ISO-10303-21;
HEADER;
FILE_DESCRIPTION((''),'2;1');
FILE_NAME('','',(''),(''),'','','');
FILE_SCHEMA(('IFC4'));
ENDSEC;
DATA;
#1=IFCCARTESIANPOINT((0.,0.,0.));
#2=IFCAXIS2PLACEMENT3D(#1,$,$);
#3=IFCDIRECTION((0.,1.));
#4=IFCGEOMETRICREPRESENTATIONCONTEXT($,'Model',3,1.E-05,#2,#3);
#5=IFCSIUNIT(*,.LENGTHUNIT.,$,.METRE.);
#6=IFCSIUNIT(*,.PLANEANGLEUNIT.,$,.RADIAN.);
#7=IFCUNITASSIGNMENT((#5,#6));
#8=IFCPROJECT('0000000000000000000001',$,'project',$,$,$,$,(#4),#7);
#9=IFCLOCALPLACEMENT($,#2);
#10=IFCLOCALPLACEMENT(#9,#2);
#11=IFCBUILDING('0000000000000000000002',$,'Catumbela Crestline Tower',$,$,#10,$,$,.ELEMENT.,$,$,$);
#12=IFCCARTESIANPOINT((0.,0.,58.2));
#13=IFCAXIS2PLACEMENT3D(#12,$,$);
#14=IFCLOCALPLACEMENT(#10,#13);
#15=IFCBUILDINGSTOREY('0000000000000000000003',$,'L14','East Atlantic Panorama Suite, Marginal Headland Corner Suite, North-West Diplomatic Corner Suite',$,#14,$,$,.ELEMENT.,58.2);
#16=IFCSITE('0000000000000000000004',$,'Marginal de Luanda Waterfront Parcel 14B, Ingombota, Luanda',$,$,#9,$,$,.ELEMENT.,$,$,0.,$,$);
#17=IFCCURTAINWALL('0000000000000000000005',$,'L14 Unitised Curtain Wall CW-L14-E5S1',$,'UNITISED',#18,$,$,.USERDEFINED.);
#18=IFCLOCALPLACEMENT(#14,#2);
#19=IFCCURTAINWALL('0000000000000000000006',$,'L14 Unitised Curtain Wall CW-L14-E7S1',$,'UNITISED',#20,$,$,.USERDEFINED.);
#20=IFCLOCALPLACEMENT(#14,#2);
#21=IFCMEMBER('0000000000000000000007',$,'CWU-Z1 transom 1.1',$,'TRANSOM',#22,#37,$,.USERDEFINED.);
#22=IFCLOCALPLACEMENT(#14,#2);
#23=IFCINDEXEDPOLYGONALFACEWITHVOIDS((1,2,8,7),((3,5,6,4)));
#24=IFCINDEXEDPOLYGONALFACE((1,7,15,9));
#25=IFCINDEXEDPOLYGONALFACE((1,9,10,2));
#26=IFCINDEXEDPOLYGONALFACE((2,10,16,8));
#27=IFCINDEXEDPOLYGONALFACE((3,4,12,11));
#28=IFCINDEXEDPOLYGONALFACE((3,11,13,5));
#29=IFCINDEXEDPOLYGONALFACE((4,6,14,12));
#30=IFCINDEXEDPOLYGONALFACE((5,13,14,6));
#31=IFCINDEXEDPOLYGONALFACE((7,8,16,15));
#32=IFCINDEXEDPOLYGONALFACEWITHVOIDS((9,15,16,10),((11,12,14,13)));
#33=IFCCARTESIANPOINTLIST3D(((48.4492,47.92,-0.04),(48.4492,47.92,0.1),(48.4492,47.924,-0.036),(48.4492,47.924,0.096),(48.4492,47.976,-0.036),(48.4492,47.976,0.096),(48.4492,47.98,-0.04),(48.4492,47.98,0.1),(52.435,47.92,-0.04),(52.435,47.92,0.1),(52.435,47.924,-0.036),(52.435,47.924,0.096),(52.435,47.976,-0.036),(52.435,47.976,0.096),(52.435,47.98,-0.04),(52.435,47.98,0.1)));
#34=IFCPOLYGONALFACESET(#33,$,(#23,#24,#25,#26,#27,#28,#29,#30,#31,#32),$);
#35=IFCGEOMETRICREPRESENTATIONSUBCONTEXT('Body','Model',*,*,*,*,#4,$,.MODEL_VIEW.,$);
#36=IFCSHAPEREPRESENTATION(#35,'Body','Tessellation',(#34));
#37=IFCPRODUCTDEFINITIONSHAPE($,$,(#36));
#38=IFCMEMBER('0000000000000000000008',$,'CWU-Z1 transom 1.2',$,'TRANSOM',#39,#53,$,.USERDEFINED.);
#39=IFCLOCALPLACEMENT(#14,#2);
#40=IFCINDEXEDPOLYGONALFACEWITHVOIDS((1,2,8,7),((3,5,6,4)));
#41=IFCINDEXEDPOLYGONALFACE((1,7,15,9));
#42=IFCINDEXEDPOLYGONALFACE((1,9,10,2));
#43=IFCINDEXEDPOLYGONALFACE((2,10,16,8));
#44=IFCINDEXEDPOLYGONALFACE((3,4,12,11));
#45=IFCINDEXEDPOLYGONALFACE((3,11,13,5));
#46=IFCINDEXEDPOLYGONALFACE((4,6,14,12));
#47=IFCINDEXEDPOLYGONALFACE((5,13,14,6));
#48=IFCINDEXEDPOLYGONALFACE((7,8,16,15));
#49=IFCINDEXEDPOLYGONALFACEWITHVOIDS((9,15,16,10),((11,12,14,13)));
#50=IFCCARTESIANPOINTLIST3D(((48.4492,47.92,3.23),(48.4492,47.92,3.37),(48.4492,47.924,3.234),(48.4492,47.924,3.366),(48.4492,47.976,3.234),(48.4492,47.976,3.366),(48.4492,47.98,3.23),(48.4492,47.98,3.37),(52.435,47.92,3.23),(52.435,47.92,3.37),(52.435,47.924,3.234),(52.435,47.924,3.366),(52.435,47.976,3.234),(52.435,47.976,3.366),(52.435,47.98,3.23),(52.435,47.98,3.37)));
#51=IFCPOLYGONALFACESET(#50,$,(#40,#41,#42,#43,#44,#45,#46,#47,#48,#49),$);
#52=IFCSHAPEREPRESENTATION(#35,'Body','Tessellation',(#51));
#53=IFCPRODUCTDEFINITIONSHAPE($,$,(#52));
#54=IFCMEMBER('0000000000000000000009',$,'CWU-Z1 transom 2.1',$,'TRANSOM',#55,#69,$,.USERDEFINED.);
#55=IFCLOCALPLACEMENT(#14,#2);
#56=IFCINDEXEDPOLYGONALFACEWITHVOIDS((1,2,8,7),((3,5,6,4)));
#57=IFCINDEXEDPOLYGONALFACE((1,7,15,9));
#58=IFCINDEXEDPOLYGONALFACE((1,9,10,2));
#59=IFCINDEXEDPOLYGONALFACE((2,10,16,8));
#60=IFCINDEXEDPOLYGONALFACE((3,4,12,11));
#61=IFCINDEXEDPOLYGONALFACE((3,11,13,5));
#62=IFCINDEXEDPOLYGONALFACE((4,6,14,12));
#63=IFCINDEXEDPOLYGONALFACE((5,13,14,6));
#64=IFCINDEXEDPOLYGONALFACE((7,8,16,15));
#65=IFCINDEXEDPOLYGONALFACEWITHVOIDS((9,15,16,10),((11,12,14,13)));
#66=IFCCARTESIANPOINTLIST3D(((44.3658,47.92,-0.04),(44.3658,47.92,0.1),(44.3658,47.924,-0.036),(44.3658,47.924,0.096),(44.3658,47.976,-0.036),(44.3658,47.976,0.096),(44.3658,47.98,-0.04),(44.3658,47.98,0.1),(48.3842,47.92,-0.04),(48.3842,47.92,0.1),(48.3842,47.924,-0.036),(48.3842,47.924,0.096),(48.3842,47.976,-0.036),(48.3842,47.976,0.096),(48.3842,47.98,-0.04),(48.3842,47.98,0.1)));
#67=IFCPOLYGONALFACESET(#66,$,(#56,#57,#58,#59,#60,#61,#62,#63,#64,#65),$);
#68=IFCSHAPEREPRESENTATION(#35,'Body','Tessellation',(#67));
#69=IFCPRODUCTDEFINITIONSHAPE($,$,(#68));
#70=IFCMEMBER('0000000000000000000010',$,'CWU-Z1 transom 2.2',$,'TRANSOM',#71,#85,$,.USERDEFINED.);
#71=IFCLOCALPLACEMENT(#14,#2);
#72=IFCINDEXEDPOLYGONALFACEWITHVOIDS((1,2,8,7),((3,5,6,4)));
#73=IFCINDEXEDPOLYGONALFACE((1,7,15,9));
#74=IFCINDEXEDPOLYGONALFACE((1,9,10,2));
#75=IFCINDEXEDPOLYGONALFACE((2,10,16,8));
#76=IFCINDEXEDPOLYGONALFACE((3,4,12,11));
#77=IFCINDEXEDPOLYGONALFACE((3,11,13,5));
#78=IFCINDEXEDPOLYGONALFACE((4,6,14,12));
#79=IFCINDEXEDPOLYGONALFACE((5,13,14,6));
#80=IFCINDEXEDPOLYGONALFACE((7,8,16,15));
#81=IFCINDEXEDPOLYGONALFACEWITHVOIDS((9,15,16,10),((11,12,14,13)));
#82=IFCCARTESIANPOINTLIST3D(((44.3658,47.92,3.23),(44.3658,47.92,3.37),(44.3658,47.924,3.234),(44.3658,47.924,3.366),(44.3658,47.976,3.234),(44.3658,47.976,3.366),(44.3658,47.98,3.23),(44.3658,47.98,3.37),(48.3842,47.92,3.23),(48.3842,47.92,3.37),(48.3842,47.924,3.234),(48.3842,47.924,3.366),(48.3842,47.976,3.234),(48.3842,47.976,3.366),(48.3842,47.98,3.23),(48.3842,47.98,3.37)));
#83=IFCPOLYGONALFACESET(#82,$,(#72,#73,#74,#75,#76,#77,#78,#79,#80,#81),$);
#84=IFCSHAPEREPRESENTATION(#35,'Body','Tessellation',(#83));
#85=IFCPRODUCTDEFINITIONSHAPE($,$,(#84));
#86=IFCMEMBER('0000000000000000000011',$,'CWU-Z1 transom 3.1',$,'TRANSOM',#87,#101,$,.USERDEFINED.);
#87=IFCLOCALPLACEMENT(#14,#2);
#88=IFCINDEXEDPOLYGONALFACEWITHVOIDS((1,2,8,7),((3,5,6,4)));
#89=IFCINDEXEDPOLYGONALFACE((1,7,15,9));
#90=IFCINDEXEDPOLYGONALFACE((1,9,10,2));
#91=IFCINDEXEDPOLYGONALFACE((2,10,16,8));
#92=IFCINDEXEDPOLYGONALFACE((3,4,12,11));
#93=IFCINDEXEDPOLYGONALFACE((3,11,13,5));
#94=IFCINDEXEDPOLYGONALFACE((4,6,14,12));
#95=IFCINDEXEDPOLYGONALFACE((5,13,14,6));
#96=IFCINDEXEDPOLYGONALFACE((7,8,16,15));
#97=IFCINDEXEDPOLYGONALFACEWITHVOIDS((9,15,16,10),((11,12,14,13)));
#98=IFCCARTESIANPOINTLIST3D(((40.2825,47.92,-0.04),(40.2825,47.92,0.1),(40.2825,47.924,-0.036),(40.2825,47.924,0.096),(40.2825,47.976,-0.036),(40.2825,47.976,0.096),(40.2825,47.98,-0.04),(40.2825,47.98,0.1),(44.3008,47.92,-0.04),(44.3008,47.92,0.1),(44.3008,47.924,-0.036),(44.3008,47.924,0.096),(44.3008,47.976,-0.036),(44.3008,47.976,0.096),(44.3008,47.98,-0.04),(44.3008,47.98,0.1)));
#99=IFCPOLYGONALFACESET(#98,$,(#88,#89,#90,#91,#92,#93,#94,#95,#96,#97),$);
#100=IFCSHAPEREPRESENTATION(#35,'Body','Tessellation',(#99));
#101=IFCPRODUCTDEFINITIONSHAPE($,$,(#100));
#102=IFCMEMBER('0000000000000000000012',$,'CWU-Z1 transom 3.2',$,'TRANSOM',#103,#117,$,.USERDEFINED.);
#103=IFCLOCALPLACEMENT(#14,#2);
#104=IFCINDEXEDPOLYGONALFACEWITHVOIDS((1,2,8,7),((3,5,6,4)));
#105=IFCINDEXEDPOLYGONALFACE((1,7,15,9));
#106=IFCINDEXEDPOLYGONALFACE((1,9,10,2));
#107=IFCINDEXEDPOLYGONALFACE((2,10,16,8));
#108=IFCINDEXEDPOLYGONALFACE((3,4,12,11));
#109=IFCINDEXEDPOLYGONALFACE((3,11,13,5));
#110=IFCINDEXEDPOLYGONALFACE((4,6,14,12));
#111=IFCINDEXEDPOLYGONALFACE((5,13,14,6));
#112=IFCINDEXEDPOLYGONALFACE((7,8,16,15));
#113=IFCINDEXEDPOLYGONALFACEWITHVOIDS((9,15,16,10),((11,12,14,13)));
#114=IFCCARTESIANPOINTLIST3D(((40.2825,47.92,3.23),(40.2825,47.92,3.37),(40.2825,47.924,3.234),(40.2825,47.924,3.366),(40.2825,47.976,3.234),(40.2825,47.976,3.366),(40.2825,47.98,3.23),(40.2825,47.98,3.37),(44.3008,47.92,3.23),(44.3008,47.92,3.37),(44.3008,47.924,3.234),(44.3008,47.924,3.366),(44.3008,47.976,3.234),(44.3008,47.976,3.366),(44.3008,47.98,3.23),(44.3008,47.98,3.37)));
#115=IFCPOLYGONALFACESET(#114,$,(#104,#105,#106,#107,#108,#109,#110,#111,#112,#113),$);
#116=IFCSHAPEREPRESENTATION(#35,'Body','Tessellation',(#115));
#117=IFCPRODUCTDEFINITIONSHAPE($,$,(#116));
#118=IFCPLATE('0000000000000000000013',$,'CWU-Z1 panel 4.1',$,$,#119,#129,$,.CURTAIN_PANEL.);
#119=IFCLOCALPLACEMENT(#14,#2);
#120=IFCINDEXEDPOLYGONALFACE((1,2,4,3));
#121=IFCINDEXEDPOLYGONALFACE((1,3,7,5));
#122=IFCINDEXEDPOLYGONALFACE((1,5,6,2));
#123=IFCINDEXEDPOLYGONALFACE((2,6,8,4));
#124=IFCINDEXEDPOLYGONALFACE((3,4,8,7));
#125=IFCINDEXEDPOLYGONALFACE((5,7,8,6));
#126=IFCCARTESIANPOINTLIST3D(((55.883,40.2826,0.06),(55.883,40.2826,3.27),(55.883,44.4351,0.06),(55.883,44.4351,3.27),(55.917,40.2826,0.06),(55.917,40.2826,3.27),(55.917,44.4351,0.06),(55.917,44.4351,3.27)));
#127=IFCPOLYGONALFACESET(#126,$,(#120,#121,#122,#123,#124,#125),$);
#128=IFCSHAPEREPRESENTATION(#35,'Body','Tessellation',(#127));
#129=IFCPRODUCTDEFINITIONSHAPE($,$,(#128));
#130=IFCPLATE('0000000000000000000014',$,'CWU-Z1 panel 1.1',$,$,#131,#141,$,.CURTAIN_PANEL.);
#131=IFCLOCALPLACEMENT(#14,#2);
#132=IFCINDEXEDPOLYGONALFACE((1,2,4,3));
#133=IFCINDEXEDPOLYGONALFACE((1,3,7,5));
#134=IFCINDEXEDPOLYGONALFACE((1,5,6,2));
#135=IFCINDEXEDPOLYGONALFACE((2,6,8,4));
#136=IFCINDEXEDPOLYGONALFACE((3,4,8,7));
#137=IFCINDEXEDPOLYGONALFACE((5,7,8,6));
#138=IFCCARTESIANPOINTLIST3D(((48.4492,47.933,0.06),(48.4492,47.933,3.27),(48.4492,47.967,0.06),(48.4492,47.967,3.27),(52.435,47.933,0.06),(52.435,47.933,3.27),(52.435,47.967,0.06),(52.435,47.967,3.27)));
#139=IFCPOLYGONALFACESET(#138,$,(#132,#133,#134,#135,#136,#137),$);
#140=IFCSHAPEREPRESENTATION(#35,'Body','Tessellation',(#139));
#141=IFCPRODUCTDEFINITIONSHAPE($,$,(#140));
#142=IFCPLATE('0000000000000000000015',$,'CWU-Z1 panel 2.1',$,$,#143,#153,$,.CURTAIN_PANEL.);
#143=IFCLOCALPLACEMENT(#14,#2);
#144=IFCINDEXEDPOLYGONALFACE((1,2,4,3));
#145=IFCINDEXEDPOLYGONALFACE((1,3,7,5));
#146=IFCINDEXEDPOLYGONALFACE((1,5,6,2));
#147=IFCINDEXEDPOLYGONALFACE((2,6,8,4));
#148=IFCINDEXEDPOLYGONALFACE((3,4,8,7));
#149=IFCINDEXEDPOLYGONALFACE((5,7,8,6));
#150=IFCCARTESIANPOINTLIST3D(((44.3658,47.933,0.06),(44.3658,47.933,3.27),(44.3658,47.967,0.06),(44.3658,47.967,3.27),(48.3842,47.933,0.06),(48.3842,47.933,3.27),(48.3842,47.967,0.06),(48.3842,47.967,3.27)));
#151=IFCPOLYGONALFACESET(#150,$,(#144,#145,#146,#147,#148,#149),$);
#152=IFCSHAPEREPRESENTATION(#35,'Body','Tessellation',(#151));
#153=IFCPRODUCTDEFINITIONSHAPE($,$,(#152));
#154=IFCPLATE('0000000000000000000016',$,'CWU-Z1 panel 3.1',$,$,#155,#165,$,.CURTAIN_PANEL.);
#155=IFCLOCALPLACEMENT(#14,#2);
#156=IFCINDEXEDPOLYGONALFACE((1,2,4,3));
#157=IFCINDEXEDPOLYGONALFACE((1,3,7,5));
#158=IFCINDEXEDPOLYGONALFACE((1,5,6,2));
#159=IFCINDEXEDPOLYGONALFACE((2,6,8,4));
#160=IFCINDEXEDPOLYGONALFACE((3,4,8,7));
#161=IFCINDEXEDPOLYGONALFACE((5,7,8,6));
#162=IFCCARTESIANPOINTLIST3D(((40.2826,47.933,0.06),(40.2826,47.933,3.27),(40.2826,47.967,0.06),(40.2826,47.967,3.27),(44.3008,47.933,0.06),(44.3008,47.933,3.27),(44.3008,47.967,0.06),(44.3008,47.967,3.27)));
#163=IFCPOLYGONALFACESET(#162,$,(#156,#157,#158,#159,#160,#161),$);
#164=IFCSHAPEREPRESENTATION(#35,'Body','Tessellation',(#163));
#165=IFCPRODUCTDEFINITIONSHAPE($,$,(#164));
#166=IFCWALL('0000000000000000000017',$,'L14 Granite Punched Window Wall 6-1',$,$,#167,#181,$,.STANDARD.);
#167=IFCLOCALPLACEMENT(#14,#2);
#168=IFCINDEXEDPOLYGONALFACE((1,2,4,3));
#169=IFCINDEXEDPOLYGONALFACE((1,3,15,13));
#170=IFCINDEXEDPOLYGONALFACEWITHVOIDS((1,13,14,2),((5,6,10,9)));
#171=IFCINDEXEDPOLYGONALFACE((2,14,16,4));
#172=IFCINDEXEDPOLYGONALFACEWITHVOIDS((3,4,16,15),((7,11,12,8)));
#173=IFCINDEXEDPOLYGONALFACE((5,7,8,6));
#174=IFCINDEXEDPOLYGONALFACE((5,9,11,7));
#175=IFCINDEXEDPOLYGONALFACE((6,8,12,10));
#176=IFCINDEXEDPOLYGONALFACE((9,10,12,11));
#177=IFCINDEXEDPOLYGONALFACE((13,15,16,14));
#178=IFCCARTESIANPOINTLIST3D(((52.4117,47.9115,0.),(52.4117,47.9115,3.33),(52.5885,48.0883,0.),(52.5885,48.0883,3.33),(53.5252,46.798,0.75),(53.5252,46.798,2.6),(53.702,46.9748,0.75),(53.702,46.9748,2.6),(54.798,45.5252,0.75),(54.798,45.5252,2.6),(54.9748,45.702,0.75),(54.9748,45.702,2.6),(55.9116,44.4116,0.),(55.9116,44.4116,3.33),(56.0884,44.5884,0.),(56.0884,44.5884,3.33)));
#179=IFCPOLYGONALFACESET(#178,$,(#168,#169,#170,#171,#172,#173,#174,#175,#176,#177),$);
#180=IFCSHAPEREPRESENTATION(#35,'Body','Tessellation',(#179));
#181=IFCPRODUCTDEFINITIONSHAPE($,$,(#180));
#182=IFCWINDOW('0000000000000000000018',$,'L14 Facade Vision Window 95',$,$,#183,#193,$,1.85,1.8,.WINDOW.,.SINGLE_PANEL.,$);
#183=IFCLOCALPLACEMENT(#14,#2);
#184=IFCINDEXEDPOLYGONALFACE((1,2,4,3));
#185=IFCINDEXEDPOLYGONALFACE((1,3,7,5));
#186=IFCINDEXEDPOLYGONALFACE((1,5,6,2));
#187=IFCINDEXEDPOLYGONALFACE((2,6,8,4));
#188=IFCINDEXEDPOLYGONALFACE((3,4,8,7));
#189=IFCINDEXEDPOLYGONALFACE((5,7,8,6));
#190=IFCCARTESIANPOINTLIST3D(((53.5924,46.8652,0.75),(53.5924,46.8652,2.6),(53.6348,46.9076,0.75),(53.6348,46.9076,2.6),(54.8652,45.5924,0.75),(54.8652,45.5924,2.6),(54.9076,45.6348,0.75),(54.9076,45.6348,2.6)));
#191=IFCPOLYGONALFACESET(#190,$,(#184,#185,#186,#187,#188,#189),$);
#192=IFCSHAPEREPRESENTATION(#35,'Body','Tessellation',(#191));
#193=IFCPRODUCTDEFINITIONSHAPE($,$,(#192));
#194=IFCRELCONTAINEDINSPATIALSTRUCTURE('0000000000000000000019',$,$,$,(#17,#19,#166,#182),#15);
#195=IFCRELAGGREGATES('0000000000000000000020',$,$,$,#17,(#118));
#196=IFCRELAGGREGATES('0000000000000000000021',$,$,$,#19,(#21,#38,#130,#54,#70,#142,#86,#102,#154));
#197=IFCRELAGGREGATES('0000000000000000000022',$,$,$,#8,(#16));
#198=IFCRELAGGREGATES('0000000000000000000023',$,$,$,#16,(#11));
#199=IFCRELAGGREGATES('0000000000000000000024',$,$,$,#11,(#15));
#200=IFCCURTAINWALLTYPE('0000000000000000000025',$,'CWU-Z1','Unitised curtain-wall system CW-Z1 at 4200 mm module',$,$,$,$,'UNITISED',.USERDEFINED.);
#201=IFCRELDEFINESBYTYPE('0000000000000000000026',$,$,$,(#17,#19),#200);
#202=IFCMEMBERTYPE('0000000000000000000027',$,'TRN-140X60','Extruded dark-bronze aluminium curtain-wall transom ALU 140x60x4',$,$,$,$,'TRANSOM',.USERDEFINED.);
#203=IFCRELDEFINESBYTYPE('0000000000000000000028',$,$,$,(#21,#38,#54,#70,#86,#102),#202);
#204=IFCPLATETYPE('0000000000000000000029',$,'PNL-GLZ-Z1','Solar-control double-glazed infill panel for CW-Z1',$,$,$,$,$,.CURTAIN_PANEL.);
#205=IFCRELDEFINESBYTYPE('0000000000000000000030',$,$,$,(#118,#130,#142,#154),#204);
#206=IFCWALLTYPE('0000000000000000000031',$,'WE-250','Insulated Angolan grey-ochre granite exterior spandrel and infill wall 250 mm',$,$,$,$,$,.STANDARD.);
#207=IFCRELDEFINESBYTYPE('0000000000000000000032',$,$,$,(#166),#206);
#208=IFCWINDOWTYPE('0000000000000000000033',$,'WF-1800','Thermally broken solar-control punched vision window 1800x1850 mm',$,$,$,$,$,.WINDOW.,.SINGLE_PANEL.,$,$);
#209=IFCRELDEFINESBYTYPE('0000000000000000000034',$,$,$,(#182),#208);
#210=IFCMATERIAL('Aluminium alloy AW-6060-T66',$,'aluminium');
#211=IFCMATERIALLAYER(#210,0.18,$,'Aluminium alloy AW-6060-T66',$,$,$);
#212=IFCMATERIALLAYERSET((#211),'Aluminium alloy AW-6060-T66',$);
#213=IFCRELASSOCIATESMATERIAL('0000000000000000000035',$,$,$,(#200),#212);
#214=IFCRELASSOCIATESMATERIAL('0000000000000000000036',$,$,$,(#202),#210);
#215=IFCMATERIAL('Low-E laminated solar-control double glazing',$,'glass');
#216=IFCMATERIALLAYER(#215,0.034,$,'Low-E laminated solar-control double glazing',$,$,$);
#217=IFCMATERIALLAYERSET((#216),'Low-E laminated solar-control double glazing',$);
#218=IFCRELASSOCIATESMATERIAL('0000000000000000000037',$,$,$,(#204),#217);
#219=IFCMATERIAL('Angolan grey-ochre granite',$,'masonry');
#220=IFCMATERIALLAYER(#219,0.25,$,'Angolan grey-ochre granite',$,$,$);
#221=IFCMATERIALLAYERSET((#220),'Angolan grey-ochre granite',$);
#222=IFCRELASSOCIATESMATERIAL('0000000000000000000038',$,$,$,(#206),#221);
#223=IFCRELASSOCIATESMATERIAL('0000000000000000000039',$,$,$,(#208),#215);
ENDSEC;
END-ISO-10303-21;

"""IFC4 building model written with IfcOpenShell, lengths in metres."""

from ifc_helpers import new_model, si_unit, direction, frame, frame_2d, origin, origin_2d, place, context, subcontext, project, spatial, rectangle, hollow_rectangle, extrude, material, layer, layer_set, material_profile, profile_set, type_object, element, fill, aggregate, save


model = new_model("IFC4")

# Units and contexts
model_context = context("Model", 3, precision=1e-05, world=origin(), true_north=direction((0.0, 1.0)))
body_context = subcontext(model_context, "Body", "Model", "MODEL_VIEW")
ifc_project = project(units=[si_unit("LENGTHUNIT", "METRE"), si_unit("PLANEANGLEUNIT", "RADIAN")], contexts=[model_context])

# Site, building, storey
site_placement = place(None, origin())
site = spatial("IfcSite", under=ifc_project, at=site_placement, Name="Marginal de Luanda Waterfront Parcel 14B, Ingombota, Luanda", CompositionType="ELEMENT", RefElevation=0.0)
building_placement = place(site_placement, origin())
building = spatial("IfcBuilding", under=site, at=building_placement, Name="Catumbela Crestline Tower", CompositionType="ELEMENT")
storey_placement = place(building_placement, frame((0.0, 0.0, 58.2)))
storey = spatial("IfcBuildingStorey", under=building, at=storey_placement, Name="L14", Description="East Atlantic Panorama Suite, Marginal Headland Corner Suite, North-West Diplomatic Corner Suite", CompositionType="ELEMENT", Elevation=58.2)

# Curtain walls
ifc_material_1 = material(Name="Aluminium alloy AW-6060-T66", Category="aluminium")
ifc_layer_1 = layer(ifc_material_1, 0.18, Name="Aluminium alloy AW-6060-T66")
ifc_layer_set_1 = layer_set([ifc_layer_1], Name="Aluminium alloy AW-6060-T66")
curtain_wall_type = type_object("IfcCurtainWallType", Name="CWU-Z1", Description="Unitised curtain-wall system CW-Z1 at 4200 mm module", ElementType="UNITISED", PredefinedType="USERDEFINED", material=ifc_layer_set_1)
curtain_wall_1_placement = place(storey_placement, origin())
curtain_wall_1 = element("IfcCurtainWall", 1, at=curtain_wall_1_placement, inside=storey, type_object=curtain_wall_type, Name="L14 Unitised Curtain Wall CW-L14-E5S1", ObjectType="UNITISED", PredefinedType="USERDEFINED")
curtain_wall_2_placement = place(storey_placement, origin())
curtain_wall_2 = element("IfcCurtainWall", 2, at=curtain_wall_2_placement, inside=storey, type_object=curtain_wall_type, Name="L14 Unitised Curtain Wall CW-L14-E7S1", ObjectType="UNITISED", PredefinedType="USERDEFINED")

# Members
ifc_material_profile_1 = material_profile(ifc_material_1, hollow_rectangle(XDim=0.06, YDim=0.14, WallThickness=0.004, at=origin_2d()), Name="ALU 140x60x4")
ifc_profile_set_1 = profile_set([ifc_material_profile_1], Name="Aluminium alloy AW-6060-T66")
member_type_1 = type_object("IfcMemberType", Name="TRN-140X60", Description="Extruded dark-bronze aluminium curtain-wall transom ALU 140x60x4", ElementType="TRANSOM", PredefinedType="USERDEFINED", material=ifc_profile_set_1)
member_1_placement = place(storey_placement, frame((52.435, 47.95, 0.03), z_axis=(-1.0, 0.0, 0.0), x_axis=(0.0, -1.0, 0.0)))
member_1 = element("IfcMember", 3, at=member_1_placement, type_object=member_type_1, Name="CWU-Z1 transom 1.1", ObjectType="TRANSOM", PredefinedType="USERDEFINED", context=body_context, shape_type="SweptSolid", body=[
    extrude(hollow_rectangle(XDim=0.06, YDim=0.14, WallThickness=0.004, at=origin_2d()), origin(), (0.0, 0.0, 1.0), 3.9858),
])
member_2_placement = place(storey_placement, frame((52.435, 47.95, 3.3), z_axis=(-1.0, 0.0, 0.0), x_axis=(0.0, -1.0, 0.0)))
member_2 = element("IfcMember", 4, at=member_2_placement, type_object=member_type_1, Name="CWU-Z1 transom 1.2", ObjectType="TRANSOM", PredefinedType="USERDEFINED", context=body_context, shape_type="SweptSolid", body=[
    extrude(hollow_rectangle(XDim=0.06, YDim=0.14, WallThickness=0.004, at=origin_2d()), origin(), (0.0, 0.0, 1.0), 3.9858),
])
member_3_placement = place(storey_placement, frame((48.3842, 47.95, 0.03), z_axis=(-1.0, 0.0, 0.0), x_axis=(0.0, -1.0, 0.0)))
member_3 = element("IfcMember", 5, at=member_3_placement, type_object=member_type_1, Name="CWU-Z1 transom 2.1", ObjectType="TRANSOM", PredefinedType="USERDEFINED", context=body_context, shape_type="SweptSolid", body=[
    extrude(hollow_rectangle(XDim=0.06, YDim=0.14, WallThickness=0.004, at=origin_2d()), origin(), (0.0, 0.0, 1.0), 4.0184),
])
member_4_placement = place(storey_placement, frame((48.3842, 47.95, 3.3), z_axis=(-1.0, 0.0, 0.0), x_axis=(0.0, -1.0, 0.0)))
member_4 = element("IfcMember", 6, at=member_4_placement, type_object=member_type_1, Name="CWU-Z1 transom 2.2", ObjectType="TRANSOM", PredefinedType="USERDEFINED", context=body_context, shape_type="SweptSolid", body=[
    extrude(hollow_rectangle(XDim=0.06, YDim=0.14, WallThickness=0.004, at=origin_2d()), origin(), (0.0, 0.0, 1.0), 4.0184),
])
member_5_placement = place(storey_placement, frame((44.3008, 47.95, 0.03), z_axis=(-1.0, 0.0, 0.0), x_axis=(0.0, -1.0, 0.0)))
member_5 = element("IfcMember", 7, at=member_5_placement, type_object=member_type_1, Name="CWU-Z1 transom 3.1", ObjectType="TRANSOM", PredefinedType="USERDEFINED", context=body_context, shape_type="SweptSolid", body=[
    extrude(hollow_rectangle(XDim=0.06, YDim=0.14, WallThickness=0.004, at=origin_2d()), origin(), (0.0, 0.0, 1.0), 4.0183),
])
member_6_placement = place(storey_placement, frame((44.3008, 47.95, 3.3), z_axis=(-1.0, 0.0, 0.0), x_axis=(0.0, -1.0, 0.0)))
member_6 = element("IfcMember", 8, at=member_6_placement, type_object=member_type_1, Name="CWU-Z1 transom 3.2", ObjectType="TRANSOM", PredefinedType="USERDEFINED", context=body_context, shape_type="SweptSolid", body=[
    extrude(hollow_rectangle(XDim=0.06, YDim=0.14, WallThickness=0.004, at=origin_2d()), origin(), (0.0, 0.0, 1.0), 4.0183),
])

# Plates
ifc_material_2 = material(Name="Low-E laminated solar-control double glazing", Category="glass")
ifc_layer_2 = layer(ifc_material_2, 0.034, Name="Low-E laminated solar-control double glazing")
ifc_layer_set_2 = layer_set([ifc_layer_2], Name="Low-E laminated solar-control double glazing")
plate_type = type_object("IfcPlateType", Name="PNL-GLZ-Z1", Description="Solar-control double-glazed infill panel for CW-Z1", PredefinedType="CURTAIN_PANEL", material=ifc_layer_set_2)
plate_1_placement = place(storey_placement, frame((55.9, 42.3588, 0.06), z_axis=(0.0, 0.0, 1.0), x_axis=(0.0, 1.0, 0.0)))
plate_1 = element("IfcPlate", 9, at=plate_1_placement, type_object=plate_type, Name="CWU-Z1 panel 4.1", PredefinedType="CURTAIN_PANEL", context=body_context, shape_type="SweptSolid", body=[
    extrude(rectangle(XDim=4.1525, YDim=0.034, at=origin_2d()), origin(), (0.0, 0.0, 1.0), 3.21),
])
aggregate(curtain_wall_1, [plate_1])
plate_2_placement = place(storey_placement, frame((50.4421, 47.95, 0.06), z_axis=(0.0, 0.0, 1.0), x_axis=(-1.0, 0.0, 0.0)))
plate_2 = element("IfcPlate", 10, at=plate_2_placement, type_object=plate_type, Name="CWU-Z1 panel 1.1", PredefinedType="CURTAIN_PANEL", context=body_context, shape_type="SweptSolid", body=[
    extrude(rectangle(XDim=3.9858, YDim=0.034, at=origin_2d()), origin(), (0.0, 0.0, 1.0), 3.21),
])
plate_3_placement = place(storey_placement, frame((46.375, 47.95, 0.06), z_axis=(0.0, 0.0, 1.0), x_axis=(-1.0, 0.0, 0.0)))
plate_3 = element("IfcPlate", 11, at=plate_3_placement, type_object=plate_type, Name="CWU-Z1 panel 2.1", PredefinedType="CURTAIN_PANEL", context=body_context, shape_type="SweptSolid", body=[
    extrude(rectangle(XDim=4.0183, YDim=0.034, at=origin_2d()), origin(), (0.0, 0.0, 1.0), 3.21),
])
plate_4_placement = place(storey_placement, frame((42.2917, 47.95, 0.06), z_axis=(0.0, 0.0, 1.0), x_axis=(-1.0, 0.0, 0.0)))
plate_4 = element("IfcPlate", 12, at=plate_4_placement, type_object=plate_type, Name="CWU-Z1 panel 3.1", PredefinedType="CURTAIN_PANEL", context=body_context, shape_type="SweptSolid", body=[
    extrude(rectangle(XDim=4.0183, YDim=0.034, at=origin_2d()), origin(), (0.0, 0.0, 1.0), 3.21),
])
aggregate(curtain_wall_2, [member_1, member_2, plate_2, member_3, member_4, plate_3, member_5, member_6, plate_4])

# Wall, opening, window
ifc_material_3 = material(Name="Angolan grey-ochre granite", Category="masonry")
ifc_layer_3 = layer(ifc_material_3, 0.25, Name="Angolan grey-ochre granite")
ifc_layer_set_3 = layer_set([ifc_layer_3], Name="Angolan grey-ochre granite")
wall_type = type_object("IfcWallType", Name="WE-250", Description="Insulated Angolan grey-ochre granite exterior spandrel and infill wall 250 mm", PredefinedType="STANDARD", material=ifc_layer_set_3)
wall_placement = place(storey_placement, frame((56.0, 44.5, 0.0), z_axis=(0.0, 0.0, 1.0), x_axis=(-0.707107, 0.707107, 0.0)))
wall = element("IfcWall", 13, at=wall_placement, inside=storey, type_object=wall_type, Name="L14 Granite Punched Window Wall 6-1", PredefinedType="STANDARD", context=body_context, shape_type="SweptSolid", body=[
    extrude(rectangle(XDim=4.9497, YDim=0.25, at=frame_2d((2.4748, 0.0))), origin(), (0.0, 0.0, 1.0), 3.33),
])
opening_placement = place(wall_placement, frame((1.5749, 0.0, 0.75)))
opening = element("IfcOpeningElement", 14, at=opening_placement, cuts=wall, PredefinedType="OPENING", context=body_context, shape_type="SweptSolid", body=[
    extrude(rectangle(XDim=1.8, YDim=1.85, at=frame_2d((0.9, 0.925))), frame((0.0, 0.135, 0.0), z_axis=(0.0, -1.0, 0.0), x_axis=(1.0, 0.0, 0.0)), (0.0, 0.0, 1.0), 0.27),
])
window_type = type_object("IfcWindowType", Name="WF-1800", Description="Thermally broken solar-control punched vision window 1800x1850 mm", PartitioningType="SINGLE_PANEL", PredefinedType="WINDOW", material=ifc_material_2)
window_placement = place(opening_placement, origin())
window = element("IfcWindow", 15, at=window_placement, inside=storey, type_object=window_type, Name="L14 Facade Vision Window 95", OverallHeight=1.85, OverallWidth=1.8, PartitioningType="SINGLE_PANEL", PredefinedType="WINDOW", context=body_context, shape_type="SweptSolid", body=[
    extrude(rectangle(XDim=1.8, YDim=1.85, at=frame_2d((0.9, 0.925))), frame((0.0, 0.03, 0.0), z_axis=(0.0, -1.0, 0.0), x_axis=(1.0, 0.0, 0.0)), (0.0, 0.0, 1.0), 0.06),
])
fill(opening, window)

save(model, "model.ifc")
